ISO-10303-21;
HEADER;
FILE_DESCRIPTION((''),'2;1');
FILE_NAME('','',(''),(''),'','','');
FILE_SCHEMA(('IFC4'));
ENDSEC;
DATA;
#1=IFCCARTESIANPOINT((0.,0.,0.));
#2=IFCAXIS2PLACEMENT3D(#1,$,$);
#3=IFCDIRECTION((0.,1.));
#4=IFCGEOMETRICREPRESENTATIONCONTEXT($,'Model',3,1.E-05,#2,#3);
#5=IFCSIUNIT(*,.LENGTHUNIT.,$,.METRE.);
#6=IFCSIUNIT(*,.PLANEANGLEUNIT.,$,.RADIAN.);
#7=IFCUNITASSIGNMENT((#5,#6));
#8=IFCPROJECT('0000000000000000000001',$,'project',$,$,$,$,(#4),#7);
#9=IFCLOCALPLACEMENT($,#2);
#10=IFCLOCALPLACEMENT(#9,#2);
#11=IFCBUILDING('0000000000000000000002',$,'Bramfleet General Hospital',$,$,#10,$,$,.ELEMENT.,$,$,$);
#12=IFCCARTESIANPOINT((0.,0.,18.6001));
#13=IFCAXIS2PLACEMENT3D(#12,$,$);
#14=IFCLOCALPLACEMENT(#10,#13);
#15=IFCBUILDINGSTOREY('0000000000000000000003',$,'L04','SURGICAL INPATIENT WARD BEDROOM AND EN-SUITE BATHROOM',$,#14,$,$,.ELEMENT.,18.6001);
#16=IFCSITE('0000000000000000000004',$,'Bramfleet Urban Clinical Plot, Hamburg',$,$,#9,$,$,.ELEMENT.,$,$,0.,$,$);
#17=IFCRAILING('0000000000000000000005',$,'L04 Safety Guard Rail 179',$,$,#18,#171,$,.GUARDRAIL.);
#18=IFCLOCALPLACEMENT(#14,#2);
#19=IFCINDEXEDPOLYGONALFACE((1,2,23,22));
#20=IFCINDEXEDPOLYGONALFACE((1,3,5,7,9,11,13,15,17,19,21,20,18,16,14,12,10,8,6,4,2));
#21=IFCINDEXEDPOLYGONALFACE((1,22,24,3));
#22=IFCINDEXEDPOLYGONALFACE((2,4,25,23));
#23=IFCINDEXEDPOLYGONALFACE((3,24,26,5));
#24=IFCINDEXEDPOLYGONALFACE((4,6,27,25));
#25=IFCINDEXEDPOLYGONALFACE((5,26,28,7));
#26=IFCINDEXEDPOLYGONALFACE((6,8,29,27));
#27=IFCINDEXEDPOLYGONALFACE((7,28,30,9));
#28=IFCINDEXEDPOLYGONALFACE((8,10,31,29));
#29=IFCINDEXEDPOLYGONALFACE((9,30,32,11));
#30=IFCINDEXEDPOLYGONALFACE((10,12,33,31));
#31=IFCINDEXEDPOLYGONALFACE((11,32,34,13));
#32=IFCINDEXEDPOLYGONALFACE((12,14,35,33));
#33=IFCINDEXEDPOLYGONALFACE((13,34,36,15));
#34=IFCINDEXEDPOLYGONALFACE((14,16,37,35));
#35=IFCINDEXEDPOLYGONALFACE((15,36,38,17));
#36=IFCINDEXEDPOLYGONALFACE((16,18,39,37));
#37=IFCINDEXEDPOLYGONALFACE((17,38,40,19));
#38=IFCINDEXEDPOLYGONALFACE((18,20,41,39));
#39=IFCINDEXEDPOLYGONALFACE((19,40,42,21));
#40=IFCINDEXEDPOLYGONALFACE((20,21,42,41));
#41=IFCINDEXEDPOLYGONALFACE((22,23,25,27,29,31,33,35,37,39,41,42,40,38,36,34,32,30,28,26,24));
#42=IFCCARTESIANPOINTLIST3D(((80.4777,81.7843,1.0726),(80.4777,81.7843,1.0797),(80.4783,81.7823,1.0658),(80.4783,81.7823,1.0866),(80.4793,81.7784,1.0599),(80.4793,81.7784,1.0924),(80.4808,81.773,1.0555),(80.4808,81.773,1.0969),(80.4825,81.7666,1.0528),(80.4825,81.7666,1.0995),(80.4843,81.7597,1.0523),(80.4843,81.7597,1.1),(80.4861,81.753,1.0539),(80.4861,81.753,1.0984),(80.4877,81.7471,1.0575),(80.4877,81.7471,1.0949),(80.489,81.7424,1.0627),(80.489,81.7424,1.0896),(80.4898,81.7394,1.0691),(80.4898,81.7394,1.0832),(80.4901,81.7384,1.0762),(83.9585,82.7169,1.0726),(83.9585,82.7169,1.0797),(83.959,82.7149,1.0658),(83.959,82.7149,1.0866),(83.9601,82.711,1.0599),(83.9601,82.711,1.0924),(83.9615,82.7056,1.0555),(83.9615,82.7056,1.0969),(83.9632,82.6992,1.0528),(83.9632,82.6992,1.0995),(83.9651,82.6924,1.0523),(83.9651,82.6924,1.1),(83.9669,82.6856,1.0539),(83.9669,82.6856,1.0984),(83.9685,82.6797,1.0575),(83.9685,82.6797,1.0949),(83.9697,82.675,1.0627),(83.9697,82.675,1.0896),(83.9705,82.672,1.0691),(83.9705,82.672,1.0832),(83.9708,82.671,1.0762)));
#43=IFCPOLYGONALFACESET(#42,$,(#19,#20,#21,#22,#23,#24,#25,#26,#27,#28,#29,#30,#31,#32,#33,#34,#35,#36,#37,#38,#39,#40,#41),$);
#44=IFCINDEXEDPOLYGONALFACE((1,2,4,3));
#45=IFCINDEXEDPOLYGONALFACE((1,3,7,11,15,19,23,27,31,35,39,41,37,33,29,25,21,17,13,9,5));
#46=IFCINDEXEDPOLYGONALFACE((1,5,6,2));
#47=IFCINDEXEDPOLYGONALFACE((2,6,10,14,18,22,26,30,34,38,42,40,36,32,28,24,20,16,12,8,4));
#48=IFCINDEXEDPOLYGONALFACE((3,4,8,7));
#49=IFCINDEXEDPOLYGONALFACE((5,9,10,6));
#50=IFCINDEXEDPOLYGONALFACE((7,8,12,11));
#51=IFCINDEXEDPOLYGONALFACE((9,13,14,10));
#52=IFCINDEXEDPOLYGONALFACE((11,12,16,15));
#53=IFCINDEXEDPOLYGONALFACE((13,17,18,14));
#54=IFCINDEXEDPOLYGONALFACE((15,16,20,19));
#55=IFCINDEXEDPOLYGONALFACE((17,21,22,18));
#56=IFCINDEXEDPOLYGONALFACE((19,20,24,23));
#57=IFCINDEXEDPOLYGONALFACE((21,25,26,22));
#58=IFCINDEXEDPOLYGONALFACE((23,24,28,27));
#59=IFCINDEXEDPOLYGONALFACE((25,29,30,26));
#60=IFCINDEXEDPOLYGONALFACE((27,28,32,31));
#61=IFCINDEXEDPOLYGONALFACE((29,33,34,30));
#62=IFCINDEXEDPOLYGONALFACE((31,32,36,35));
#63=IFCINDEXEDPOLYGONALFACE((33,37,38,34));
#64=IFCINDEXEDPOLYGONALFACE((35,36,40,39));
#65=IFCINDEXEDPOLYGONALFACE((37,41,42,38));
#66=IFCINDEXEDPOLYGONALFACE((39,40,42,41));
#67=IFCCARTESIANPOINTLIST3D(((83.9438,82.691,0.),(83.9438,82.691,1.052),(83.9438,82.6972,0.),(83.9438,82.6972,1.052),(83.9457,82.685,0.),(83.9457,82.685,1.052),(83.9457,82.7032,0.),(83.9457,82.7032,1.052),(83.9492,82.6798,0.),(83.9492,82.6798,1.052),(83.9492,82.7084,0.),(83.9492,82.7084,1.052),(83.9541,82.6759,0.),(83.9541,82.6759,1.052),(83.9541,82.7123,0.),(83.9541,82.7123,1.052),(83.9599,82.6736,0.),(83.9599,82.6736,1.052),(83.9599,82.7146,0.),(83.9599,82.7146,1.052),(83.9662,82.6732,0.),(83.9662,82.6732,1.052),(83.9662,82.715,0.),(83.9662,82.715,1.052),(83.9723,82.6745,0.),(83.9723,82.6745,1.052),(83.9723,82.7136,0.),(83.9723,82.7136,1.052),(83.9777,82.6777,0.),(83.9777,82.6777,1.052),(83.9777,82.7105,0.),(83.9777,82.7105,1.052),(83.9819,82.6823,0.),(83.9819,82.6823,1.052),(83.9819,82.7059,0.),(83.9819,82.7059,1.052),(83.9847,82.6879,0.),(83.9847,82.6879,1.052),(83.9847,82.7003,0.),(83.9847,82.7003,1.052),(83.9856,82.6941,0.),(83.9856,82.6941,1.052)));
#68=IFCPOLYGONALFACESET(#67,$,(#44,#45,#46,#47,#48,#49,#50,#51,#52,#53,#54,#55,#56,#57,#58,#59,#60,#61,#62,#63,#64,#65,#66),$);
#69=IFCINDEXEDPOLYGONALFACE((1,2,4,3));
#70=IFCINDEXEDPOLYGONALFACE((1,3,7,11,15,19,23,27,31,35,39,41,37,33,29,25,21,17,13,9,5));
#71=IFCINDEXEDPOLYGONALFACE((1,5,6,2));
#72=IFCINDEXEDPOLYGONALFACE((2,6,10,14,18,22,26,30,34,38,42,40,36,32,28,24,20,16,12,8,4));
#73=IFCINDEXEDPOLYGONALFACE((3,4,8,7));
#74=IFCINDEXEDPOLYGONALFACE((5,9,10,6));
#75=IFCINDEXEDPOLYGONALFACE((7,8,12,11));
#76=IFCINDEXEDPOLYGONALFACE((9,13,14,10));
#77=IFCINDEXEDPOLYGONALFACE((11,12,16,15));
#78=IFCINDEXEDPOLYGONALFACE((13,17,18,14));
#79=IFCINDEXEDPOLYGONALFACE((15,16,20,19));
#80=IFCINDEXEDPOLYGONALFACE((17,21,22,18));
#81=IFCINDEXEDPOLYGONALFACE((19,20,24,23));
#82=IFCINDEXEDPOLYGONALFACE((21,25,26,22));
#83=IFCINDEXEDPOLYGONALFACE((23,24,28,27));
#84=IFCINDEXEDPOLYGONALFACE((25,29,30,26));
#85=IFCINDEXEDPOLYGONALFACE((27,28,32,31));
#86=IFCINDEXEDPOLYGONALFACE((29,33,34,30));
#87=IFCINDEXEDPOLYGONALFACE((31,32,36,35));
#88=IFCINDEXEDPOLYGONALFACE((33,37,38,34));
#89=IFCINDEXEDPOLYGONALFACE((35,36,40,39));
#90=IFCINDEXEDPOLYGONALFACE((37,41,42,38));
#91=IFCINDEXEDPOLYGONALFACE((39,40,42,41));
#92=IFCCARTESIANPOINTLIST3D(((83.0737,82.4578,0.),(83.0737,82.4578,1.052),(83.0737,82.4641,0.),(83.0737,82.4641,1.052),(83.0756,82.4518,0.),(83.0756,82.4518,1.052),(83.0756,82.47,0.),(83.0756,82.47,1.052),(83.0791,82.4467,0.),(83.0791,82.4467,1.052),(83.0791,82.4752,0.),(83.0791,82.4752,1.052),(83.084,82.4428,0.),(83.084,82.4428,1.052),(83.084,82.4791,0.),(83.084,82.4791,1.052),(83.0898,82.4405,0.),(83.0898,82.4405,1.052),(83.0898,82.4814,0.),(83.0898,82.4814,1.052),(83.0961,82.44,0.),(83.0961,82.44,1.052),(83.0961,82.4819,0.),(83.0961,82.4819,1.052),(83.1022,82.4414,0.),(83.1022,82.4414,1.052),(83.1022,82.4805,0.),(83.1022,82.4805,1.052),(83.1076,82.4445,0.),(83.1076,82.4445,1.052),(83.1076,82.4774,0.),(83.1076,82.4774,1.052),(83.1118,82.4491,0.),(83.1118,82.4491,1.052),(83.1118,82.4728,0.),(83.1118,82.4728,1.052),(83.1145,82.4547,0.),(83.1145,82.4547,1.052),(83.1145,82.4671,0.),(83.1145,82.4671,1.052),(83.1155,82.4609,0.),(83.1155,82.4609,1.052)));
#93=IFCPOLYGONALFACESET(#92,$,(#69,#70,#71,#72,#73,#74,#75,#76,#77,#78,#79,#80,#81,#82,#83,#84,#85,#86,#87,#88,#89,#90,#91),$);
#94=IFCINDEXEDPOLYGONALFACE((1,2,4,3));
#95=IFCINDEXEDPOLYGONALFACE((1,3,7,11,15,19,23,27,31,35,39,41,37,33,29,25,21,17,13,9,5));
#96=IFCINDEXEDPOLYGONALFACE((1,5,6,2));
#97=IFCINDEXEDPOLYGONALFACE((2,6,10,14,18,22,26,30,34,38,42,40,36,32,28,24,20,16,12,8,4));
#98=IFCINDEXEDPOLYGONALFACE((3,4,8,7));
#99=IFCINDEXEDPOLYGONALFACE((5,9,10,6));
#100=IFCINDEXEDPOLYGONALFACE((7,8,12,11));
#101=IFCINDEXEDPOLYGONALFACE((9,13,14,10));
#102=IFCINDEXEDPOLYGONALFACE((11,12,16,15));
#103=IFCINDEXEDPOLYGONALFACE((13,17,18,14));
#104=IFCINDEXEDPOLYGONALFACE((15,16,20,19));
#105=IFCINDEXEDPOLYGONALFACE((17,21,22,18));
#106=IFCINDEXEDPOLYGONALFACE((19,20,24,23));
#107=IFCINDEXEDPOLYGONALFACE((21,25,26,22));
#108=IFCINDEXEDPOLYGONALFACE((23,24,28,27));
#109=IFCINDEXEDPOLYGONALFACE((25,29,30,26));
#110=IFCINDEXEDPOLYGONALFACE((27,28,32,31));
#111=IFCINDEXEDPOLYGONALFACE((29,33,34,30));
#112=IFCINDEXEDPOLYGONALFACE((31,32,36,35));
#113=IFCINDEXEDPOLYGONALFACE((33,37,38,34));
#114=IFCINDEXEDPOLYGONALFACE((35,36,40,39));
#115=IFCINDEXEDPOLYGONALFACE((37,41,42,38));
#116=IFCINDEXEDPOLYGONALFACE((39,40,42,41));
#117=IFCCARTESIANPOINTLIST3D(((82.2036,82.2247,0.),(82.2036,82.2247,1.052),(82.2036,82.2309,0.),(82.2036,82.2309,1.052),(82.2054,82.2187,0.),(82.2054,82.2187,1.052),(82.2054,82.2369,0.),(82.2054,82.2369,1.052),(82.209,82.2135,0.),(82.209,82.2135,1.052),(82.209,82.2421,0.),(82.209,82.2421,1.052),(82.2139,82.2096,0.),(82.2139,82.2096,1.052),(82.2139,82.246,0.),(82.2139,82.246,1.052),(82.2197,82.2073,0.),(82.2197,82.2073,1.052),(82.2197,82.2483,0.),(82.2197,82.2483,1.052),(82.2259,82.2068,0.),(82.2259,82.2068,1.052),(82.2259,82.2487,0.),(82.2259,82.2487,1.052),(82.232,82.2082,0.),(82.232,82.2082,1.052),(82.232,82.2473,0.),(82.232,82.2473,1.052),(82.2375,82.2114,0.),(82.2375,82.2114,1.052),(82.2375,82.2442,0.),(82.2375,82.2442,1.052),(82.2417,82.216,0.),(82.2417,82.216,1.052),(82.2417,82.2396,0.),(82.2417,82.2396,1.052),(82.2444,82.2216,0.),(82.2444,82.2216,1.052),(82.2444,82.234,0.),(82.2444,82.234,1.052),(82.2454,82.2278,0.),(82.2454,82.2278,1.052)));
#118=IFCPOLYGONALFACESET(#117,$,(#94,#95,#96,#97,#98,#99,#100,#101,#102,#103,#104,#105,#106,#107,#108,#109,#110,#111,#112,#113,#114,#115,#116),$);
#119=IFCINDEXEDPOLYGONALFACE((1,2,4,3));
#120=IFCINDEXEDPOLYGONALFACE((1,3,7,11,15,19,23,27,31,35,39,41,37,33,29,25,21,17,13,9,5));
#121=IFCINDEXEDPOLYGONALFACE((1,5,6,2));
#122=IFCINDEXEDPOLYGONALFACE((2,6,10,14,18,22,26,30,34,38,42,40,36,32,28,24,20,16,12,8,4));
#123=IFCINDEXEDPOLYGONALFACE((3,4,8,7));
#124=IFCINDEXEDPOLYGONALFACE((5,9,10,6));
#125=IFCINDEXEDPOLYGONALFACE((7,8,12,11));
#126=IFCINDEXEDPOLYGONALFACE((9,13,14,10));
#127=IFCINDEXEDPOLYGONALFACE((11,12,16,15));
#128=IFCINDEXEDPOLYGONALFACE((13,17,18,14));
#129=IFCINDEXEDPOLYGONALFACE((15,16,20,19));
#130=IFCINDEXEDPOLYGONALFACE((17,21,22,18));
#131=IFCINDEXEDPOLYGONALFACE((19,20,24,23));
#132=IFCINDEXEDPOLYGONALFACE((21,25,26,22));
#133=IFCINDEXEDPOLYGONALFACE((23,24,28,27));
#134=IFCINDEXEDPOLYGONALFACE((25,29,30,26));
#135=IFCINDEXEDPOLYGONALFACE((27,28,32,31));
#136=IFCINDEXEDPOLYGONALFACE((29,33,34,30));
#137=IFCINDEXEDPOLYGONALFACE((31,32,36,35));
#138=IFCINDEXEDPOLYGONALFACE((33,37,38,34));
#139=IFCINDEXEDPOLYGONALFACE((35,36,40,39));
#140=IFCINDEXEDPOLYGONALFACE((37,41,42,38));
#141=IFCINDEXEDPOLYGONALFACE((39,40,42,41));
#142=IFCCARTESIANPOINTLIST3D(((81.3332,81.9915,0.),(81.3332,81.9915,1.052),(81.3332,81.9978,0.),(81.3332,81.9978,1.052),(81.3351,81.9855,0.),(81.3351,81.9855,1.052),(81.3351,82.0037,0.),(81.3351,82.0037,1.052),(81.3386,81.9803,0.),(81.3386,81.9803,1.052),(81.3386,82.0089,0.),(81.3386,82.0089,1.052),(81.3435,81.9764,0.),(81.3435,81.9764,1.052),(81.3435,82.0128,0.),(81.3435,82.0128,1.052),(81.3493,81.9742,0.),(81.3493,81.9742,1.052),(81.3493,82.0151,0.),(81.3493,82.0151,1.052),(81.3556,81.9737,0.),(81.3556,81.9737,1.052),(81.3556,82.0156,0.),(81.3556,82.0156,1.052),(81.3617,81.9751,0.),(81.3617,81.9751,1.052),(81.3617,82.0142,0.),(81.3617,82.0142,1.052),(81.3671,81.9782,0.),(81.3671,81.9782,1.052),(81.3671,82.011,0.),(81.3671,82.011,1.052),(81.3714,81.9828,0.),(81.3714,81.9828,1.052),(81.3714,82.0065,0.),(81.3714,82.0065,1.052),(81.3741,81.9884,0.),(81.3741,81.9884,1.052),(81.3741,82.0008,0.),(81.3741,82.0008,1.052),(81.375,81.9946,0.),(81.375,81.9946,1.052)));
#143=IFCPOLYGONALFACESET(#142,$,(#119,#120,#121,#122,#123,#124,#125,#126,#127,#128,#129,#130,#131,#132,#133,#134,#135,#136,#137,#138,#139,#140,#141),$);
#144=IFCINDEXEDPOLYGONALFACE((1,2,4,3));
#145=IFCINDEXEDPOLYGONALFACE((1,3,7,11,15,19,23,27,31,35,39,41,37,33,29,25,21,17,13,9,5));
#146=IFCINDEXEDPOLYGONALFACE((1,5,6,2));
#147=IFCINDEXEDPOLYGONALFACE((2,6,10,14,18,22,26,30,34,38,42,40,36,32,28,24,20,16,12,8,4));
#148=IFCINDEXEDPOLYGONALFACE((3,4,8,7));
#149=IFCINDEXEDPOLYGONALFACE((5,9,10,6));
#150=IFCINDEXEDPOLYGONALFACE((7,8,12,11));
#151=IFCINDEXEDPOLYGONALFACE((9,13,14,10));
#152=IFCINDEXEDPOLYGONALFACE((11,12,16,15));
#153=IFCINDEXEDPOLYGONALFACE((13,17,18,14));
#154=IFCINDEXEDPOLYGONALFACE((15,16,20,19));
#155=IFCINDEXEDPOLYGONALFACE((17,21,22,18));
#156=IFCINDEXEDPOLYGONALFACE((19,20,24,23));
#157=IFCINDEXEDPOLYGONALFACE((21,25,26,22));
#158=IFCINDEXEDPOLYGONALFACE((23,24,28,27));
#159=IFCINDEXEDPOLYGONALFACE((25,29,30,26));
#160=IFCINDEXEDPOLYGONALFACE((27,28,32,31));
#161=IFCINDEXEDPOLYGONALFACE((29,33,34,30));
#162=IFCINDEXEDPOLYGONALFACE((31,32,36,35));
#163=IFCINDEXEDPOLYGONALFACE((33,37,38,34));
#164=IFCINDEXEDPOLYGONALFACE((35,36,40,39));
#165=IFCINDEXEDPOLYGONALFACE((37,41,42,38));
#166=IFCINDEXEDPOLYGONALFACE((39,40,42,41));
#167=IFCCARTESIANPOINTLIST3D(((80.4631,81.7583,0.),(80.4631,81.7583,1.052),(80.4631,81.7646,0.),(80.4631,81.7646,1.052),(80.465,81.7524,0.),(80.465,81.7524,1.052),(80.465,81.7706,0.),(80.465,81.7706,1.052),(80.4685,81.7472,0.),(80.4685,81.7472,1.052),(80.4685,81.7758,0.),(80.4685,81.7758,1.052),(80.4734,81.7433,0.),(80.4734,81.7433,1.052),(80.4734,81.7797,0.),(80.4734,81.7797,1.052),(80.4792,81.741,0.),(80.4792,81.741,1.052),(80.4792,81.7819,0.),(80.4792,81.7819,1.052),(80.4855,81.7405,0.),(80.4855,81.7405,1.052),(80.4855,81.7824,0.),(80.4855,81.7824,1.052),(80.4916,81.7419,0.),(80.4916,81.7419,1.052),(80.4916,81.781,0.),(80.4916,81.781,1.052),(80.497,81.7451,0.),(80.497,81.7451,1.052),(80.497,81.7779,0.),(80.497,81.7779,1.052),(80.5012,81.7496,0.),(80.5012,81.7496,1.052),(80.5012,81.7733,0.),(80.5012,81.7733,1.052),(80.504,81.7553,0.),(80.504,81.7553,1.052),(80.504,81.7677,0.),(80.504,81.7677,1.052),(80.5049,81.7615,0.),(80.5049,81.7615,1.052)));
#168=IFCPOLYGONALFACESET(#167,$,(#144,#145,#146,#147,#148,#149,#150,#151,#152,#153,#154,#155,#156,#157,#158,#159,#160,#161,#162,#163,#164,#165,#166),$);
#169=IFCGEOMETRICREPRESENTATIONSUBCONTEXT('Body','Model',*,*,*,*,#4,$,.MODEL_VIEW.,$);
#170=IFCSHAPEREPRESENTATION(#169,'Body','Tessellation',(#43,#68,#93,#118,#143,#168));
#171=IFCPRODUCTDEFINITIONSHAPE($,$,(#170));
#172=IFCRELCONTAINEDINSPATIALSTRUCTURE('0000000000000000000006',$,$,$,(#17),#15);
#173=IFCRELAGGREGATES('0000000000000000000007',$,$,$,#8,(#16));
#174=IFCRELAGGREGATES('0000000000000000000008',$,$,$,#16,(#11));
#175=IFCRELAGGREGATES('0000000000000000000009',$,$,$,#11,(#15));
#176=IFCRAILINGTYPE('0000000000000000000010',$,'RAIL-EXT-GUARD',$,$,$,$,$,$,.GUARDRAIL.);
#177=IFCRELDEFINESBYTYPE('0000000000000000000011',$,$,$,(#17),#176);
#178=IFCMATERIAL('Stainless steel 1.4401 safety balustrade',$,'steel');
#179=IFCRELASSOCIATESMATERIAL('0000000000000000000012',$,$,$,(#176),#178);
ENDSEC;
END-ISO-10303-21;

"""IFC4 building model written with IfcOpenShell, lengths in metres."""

from ifc_helpers import new_model, si_unit, direction, frame, origin, origin_2d, place, context, subcontext, project, spatial, circle, extrude, material, type_object, element, save


model = new_model("IFC4")

# Units and contexts
model_context = context("Model", 3, precision=1e-05, world=origin(), true_north=direction((0.0, 1.0)))
body_context = subcontext(model_context, "Body", "Model", "MODEL_VIEW")
ifc_project = project(units=[si_unit("LENGTHUNIT", "METRE"), si_unit("PLANEANGLEUNIT", "RADIAN")], contexts=[model_context])

# Site, building, storey
site_placement = place(None, origin())
site = spatial("IfcSite", under=ifc_project, at=site_placement, Name="Bramfleet Urban Clinical Plot, Hamburg", CompositionType="ELEMENT", RefElevation=0.0)
building_placement = place(site_placement, origin())
building = spatial("IfcBuilding", under=site, at=building_placement, Name="Bramfleet General Hospital", CompositionType="ELEMENT")
storey_placement = place(building_placement, frame((0.0, 0.0, 18.6001)))
storey = spatial("IfcBuildingStorey", under=building, at=storey_placement, Name="L04", Description="SURGICAL INPATIENT WARD BEDROOM AND EN-SUITE BATHROOM", CompositionType="ELEMENT", Elevation=18.6001)

# Railing
ifc_material_1 = material(Name="Stainless steel 1.4401 safety balustrade", Category="steel")
railing_type = type_object("IfcRailingType", Name="RAIL-EXT-GUARD", PredefinedType="GUARDRAIL", material=ifc_material_1)
railing_1_placement = place(storey_placement, frame((83.9646, 82.6941, 0.0)))
element("IfcRailing", 1, at=railing_1_placement, inside=storey, type_object=railing_type, Name="L04 Safety Guard Rail 179", PredefinedType="GUARDRAIL", context=body_context, shape_type="SweptSolid", body=[
    extrude(circle(Radius=0.0239, at=origin_2d()), frame((0.0, 0.0, 1.0762), z_axis=(-0.965928, -0.258809, 0.0), x_axis=(0.258809, -0.965928, 0.0)), (0.0, 0.0, 1.0), 3.6035),
    extrude(circle(Radius=0.021, at=origin_2d()), origin(), (0.0, 0.0, 1.0), 1.052),
    extrude(circle(Radius=0.021, at=origin_2d()), frame((-0.8701, -0.2332, 0.0)), (0.0, 0.0, 1.0), 1.052),
    extrude(circle(Radius=0.021, at=origin_2d()), frame((-1.7402, -0.4663, 0.0)), (0.0, 0.0, 1.0), 1.052),
    extrude(circle(Radius=0.021, at=origin_2d()), frame((-2.6106, -0.6995, 0.0)), (0.0, 0.0, 1.0), 1.052),
    extrude(circle(Radius=0.021, at=origin_2d()), frame((-3.4807, -0.9326, 0.0)), (0.0, 0.0, 1.0), 1.052),
])

save(model, "model.ifc")
